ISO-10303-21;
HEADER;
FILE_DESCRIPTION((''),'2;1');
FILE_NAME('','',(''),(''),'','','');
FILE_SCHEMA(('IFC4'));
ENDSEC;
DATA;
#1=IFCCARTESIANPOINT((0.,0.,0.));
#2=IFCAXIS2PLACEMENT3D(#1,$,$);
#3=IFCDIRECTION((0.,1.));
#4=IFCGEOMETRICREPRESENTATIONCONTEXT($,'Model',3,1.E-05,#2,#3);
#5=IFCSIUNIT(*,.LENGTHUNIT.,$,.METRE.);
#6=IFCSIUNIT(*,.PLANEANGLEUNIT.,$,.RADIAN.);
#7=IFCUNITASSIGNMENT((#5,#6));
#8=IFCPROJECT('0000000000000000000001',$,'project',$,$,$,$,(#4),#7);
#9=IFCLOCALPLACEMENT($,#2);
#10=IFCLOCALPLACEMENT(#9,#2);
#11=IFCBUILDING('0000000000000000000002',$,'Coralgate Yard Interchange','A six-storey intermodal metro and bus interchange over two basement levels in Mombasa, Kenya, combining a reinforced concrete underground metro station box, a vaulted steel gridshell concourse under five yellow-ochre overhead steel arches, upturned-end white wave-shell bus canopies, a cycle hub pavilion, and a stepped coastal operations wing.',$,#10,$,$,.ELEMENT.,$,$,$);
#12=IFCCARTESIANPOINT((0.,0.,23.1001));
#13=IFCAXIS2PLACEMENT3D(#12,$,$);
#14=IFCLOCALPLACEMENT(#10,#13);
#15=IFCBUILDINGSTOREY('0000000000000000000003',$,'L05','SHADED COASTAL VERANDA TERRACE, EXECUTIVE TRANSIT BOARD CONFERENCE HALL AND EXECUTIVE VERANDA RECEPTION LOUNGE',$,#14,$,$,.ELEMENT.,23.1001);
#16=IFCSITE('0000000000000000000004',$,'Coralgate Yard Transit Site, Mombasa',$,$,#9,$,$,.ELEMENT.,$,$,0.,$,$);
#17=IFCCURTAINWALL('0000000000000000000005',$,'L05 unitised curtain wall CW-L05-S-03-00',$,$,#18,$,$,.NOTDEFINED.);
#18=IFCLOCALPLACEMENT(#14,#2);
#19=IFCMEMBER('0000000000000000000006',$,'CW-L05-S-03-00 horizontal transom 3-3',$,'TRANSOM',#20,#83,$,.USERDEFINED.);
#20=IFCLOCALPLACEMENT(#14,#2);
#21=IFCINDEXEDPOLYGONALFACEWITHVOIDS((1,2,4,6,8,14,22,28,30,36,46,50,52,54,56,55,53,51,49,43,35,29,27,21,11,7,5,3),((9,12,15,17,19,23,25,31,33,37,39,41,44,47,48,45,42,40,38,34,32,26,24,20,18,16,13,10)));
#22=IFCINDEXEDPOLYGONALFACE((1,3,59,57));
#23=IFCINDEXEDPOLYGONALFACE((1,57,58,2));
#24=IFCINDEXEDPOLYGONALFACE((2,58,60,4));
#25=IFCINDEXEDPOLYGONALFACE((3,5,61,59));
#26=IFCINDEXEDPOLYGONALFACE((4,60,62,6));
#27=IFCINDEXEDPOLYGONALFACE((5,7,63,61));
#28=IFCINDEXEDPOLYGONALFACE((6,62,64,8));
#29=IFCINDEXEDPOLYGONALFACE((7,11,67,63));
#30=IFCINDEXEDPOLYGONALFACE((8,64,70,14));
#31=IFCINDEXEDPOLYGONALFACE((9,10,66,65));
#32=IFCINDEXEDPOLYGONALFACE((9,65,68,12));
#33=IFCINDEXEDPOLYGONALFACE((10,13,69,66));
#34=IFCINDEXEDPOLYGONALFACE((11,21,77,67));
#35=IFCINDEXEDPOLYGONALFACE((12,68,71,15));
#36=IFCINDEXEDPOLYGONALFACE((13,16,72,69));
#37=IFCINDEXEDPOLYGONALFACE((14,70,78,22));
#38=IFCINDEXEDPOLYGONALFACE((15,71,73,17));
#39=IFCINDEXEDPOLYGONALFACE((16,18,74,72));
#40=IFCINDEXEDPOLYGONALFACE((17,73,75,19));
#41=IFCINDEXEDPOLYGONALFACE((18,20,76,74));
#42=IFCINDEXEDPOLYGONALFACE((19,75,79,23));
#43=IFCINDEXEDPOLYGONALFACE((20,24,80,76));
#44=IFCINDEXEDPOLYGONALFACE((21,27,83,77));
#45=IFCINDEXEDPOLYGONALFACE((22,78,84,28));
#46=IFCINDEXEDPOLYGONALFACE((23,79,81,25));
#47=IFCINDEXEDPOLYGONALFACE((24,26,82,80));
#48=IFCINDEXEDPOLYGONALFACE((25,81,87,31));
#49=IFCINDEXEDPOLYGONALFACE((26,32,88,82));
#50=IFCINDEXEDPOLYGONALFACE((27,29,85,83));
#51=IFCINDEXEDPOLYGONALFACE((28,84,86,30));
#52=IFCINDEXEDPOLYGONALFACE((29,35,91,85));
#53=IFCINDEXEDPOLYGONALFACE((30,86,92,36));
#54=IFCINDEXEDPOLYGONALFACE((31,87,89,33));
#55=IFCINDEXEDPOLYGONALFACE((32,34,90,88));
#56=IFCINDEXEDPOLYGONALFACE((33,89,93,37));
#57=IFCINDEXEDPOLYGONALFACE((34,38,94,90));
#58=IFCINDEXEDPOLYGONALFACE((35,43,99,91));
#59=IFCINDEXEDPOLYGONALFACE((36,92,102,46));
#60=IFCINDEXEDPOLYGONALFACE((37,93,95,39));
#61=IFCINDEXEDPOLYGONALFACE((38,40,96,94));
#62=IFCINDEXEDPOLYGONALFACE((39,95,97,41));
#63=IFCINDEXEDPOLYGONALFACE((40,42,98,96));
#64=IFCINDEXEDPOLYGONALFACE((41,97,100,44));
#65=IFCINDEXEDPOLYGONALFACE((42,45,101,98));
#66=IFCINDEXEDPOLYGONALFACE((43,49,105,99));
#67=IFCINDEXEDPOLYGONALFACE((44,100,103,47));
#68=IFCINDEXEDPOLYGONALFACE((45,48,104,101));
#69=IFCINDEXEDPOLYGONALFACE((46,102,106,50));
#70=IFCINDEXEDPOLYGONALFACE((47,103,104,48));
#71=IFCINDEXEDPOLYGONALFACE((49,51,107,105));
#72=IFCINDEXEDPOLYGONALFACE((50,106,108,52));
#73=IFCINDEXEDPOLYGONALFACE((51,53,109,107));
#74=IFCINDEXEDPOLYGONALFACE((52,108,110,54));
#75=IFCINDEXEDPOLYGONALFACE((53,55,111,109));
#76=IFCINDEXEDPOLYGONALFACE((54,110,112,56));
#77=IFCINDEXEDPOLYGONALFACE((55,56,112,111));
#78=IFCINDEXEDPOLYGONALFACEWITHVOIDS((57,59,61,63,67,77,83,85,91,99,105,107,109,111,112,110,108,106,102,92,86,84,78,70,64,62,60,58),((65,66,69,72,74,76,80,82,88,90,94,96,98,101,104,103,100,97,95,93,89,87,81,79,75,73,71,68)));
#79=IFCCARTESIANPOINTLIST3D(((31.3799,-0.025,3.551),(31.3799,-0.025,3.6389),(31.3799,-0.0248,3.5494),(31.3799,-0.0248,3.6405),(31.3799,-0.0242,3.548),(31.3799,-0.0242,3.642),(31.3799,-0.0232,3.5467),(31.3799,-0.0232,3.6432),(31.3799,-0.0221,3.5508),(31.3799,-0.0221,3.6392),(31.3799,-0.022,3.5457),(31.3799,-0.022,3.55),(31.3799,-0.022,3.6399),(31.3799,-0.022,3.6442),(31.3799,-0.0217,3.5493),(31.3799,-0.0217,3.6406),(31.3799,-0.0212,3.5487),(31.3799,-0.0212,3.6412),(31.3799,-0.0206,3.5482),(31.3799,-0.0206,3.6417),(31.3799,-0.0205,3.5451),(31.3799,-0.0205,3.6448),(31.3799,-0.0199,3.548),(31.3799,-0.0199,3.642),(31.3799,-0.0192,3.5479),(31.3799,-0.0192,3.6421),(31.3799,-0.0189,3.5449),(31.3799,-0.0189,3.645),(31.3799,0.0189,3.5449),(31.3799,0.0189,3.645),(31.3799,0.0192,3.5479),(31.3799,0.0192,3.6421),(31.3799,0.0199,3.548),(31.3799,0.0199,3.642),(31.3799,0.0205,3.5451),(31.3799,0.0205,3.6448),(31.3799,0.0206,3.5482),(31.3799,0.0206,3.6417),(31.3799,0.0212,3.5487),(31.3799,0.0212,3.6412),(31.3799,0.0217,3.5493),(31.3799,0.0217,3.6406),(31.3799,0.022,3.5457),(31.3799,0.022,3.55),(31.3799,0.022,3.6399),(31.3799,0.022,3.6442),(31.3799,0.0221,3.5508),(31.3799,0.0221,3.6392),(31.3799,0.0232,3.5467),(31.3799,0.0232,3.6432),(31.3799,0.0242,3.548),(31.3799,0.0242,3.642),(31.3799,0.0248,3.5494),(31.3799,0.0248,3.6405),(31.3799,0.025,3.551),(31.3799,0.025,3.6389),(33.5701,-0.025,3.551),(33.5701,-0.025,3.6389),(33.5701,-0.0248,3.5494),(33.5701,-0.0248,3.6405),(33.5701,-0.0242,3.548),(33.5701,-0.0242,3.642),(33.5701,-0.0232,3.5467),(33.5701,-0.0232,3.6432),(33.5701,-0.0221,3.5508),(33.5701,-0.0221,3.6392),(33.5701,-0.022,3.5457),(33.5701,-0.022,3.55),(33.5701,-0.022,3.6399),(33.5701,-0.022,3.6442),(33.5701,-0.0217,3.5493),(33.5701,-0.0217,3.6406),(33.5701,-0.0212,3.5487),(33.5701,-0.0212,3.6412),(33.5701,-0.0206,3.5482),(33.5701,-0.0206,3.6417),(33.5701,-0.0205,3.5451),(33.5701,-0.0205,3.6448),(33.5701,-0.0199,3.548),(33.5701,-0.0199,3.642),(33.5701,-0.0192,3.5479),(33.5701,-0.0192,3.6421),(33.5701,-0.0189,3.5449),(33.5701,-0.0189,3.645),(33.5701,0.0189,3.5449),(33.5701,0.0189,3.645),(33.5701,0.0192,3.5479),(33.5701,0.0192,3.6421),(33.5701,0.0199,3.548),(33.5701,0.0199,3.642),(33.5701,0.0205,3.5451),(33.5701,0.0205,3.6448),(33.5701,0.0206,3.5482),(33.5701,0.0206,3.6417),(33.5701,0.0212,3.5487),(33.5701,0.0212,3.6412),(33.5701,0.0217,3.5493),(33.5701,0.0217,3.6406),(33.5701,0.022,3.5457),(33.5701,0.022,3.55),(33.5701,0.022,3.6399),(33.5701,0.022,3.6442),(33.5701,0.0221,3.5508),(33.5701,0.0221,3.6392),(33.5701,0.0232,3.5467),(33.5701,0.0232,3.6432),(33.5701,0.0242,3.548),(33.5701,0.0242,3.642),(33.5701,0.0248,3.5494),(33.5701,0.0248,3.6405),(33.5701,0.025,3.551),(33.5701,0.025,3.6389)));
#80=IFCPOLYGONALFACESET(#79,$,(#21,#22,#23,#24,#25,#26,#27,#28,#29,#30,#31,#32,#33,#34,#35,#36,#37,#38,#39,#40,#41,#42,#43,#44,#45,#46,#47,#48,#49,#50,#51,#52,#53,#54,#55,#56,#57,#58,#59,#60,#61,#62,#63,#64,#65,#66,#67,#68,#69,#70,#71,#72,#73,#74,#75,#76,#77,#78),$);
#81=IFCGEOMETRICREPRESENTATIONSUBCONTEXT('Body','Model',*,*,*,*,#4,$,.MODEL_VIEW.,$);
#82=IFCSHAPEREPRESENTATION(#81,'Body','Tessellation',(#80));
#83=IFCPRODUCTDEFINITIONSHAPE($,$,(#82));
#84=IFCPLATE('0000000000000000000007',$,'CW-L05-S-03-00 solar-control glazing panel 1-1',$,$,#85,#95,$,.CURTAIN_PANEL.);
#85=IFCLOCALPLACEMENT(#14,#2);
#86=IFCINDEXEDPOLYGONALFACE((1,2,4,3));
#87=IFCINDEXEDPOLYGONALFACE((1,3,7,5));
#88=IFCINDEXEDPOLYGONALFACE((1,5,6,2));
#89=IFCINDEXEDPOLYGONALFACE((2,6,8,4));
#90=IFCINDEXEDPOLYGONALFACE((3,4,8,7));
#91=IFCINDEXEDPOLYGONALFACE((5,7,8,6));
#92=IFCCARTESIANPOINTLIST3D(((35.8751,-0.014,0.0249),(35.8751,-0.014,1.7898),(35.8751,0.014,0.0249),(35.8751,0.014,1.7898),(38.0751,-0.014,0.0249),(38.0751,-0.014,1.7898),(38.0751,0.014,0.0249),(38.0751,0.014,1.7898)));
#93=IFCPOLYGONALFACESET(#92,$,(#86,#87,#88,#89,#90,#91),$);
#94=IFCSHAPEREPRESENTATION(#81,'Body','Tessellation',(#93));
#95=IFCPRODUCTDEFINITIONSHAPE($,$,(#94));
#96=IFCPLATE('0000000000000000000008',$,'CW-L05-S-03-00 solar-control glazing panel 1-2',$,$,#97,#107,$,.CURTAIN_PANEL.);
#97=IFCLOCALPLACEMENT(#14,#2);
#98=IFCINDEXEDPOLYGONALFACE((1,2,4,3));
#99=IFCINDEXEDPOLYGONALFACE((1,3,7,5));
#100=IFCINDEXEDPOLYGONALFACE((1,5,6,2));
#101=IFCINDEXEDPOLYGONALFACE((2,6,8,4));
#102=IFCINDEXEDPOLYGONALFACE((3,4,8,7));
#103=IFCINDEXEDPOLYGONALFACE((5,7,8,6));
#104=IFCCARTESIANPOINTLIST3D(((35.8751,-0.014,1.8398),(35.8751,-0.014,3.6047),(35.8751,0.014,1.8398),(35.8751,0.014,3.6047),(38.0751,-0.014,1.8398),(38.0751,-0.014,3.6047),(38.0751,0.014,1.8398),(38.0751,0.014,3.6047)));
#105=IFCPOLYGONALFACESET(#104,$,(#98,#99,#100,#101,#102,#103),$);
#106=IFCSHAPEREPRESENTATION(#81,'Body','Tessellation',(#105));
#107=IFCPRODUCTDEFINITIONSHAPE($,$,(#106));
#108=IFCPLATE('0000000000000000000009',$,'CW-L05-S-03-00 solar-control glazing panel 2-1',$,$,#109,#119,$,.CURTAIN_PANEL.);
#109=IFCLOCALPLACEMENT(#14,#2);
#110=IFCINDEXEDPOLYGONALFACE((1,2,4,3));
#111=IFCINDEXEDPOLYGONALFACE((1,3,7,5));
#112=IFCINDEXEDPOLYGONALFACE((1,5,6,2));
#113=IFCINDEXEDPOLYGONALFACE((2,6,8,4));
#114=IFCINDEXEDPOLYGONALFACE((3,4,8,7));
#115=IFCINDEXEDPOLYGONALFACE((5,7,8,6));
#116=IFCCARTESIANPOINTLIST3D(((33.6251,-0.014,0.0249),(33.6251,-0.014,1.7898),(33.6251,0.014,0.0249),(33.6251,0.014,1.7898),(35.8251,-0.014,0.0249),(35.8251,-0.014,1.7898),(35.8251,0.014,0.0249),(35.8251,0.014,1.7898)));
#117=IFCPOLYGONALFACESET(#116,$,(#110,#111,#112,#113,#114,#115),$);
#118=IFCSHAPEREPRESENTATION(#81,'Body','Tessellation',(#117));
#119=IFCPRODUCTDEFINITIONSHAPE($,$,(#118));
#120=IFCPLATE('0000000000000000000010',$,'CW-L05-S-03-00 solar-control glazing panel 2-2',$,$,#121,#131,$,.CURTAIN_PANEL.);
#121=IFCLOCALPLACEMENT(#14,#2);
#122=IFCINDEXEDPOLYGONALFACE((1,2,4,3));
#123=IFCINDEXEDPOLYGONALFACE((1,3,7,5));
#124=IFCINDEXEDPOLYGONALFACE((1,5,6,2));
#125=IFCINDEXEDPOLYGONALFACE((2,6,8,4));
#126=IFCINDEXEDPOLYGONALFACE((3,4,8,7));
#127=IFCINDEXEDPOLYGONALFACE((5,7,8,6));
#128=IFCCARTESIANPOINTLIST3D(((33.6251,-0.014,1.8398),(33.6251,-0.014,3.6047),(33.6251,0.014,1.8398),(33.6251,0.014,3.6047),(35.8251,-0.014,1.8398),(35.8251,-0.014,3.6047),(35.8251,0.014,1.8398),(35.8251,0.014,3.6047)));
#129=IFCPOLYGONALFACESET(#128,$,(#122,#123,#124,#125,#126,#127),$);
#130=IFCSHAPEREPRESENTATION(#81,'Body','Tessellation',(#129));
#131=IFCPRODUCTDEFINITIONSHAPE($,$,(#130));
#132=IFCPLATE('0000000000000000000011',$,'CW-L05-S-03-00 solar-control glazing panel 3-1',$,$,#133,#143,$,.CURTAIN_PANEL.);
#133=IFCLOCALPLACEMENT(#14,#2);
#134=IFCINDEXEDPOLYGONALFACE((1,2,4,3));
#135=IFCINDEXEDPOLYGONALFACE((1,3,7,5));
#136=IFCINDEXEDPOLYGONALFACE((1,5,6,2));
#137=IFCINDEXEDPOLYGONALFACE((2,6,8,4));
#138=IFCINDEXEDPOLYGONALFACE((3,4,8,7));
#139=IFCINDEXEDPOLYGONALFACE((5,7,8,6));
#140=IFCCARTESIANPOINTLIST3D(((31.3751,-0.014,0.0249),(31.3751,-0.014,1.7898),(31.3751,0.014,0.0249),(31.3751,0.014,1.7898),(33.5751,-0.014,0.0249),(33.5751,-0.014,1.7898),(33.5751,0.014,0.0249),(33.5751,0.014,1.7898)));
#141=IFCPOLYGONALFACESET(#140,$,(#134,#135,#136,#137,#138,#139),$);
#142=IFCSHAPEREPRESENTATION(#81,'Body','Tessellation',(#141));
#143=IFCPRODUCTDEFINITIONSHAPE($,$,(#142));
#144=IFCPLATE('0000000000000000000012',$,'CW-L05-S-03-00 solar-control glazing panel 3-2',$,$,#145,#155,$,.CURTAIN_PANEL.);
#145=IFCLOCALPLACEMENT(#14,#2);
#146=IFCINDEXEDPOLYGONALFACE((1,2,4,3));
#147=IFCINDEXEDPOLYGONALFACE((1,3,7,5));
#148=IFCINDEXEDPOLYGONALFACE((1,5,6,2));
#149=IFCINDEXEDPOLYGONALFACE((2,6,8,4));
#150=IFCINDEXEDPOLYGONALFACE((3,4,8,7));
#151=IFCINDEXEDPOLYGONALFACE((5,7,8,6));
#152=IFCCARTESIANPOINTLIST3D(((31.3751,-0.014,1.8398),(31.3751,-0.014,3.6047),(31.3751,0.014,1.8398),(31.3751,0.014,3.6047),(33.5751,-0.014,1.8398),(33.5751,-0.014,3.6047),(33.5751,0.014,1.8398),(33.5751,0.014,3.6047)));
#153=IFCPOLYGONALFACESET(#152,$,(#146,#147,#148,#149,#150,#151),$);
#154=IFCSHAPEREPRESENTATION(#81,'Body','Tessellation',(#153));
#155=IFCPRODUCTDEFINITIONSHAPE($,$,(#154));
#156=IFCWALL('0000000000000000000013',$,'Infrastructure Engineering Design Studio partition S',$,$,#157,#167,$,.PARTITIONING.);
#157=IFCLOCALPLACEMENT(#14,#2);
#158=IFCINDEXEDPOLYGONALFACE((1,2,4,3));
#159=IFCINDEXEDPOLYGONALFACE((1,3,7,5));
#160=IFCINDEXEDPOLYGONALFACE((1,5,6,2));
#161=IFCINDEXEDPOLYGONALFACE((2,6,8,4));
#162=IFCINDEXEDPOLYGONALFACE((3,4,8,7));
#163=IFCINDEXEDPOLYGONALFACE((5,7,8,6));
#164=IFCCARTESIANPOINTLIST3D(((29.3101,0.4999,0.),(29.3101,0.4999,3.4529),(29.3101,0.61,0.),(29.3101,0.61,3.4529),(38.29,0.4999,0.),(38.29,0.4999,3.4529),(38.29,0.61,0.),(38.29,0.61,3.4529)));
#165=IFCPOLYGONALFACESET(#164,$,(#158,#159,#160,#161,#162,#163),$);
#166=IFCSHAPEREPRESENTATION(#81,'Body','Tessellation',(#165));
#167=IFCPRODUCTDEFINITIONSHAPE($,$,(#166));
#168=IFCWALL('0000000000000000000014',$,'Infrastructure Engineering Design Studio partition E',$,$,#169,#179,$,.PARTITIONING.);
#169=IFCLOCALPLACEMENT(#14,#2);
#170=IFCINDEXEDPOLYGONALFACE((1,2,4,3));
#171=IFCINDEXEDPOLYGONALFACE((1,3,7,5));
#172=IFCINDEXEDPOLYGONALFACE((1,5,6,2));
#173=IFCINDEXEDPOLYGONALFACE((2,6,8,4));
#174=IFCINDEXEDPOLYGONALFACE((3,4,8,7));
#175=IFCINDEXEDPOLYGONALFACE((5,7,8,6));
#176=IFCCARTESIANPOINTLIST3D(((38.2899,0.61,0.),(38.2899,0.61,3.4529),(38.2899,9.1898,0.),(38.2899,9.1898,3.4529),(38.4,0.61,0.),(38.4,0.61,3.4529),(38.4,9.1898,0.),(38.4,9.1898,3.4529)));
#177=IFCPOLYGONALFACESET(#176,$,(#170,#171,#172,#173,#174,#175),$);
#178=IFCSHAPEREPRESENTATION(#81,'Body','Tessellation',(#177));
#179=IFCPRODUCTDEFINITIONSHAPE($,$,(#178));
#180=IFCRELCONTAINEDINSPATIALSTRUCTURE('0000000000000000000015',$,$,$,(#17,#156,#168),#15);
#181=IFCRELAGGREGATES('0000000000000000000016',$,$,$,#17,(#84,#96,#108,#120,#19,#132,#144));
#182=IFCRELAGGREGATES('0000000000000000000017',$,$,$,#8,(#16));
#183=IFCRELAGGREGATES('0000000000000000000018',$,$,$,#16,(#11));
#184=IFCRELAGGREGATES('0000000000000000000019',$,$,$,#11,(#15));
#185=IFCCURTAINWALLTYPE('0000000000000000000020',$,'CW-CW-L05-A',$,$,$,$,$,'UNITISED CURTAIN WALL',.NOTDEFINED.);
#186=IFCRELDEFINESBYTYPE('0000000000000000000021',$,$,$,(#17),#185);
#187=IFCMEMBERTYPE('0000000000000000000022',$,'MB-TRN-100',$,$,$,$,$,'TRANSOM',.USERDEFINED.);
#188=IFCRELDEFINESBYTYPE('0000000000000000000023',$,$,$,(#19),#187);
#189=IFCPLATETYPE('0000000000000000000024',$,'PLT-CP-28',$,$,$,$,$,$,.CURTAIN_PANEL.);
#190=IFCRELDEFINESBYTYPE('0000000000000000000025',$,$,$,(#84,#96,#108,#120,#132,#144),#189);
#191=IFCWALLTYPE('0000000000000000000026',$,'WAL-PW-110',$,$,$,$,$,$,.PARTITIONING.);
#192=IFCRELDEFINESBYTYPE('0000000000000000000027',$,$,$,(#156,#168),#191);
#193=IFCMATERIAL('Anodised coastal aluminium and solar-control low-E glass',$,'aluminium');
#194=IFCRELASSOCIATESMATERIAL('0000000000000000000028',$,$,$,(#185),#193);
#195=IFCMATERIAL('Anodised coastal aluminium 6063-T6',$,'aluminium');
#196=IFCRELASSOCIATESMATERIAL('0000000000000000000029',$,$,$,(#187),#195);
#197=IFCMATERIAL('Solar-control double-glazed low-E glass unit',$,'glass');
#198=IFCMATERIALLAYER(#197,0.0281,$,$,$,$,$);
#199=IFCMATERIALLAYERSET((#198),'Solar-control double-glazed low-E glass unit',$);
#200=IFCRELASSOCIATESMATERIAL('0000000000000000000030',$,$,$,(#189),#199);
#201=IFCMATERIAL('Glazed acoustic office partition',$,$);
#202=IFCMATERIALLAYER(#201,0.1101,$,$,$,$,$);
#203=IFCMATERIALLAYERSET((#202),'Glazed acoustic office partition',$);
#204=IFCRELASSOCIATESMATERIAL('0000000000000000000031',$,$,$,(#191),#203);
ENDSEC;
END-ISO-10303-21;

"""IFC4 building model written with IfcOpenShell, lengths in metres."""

from ifc_helpers import new_model, si_unit, direction, frame, frame_2d, origin, origin_2d, place, context, subcontext, project, spatial, rectangle, hollow_rectangle, extrude, material, layer, layer_set, material_profile, profile_set, type_object, element, aggregate, save


model = new_model("IFC4")

# Units and contexts
model_context = context("Model", 3, precision=1e-05, world=origin(), true_north=direction((0.0, 1.0)))
body_context = subcontext(model_context, "Body", "Model", "MODEL_VIEW")
ifc_project = project(units=[si_unit("LENGTHUNIT", "METRE"), si_unit("PLANEANGLEUNIT", "RADIAN")], contexts=[model_context])

# Site, building, storey
site_placement = place(None, origin())
site = spatial("IfcSite", under=ifc_project, at=site_placement, Name="Coralgate Yard Transit Site, Mombasa", CompositionType="ELEMENT", RefElevation=0.0)
building_placement = place(site_placement, origin())
building = spatial("IfcBuilding", under=site, at=building_placement, Name="Coralgate Yard Interchange", Description="A six-storey intermodal metro and bus interchange over two basement levels in Mombasa, Kenya, combining a reinforced concrete underground metro station box, a vaulted steel gridshell concourse under five yellow-ochre overhead steel arches, upturned-end white wave-shell bus canopies, a cycle hub pavilion, and a stepped coastal operations wing.", CompositionType="ELEMENT")
storey_placement = place(building_placement, frame((0.0, 0.0, 23.1001)))
storey = spatial("IfcBuildingStorey", under=building, at=storey_placement, Name="L05", Description="SHADED COASTAL VERANDA TERRACE, EXECUTIVE TRANSIT BOARD CONFERENCE HALL AND EXECUTIVE VERANDA RECEPTION LOUNGE", CompositionType="ELEMENT", Elevation=23.1001)

# Curtain wall
ifc_material_1 = material(Name="Anodised coastal aluminium and solar-control low-E glass", Category="aluminium")
curtain_wall_type = type_object("IfcCurtainWallType", Name="CW-CW-L05-A", ElementType="UNITISED CURTAIN WALL", PredefinedType="NOTDEFINED", material=ifc_material_1)
curtain_wall_1_placement = place(storey_placement, origin())
curtain_wall_1 = element("IfcCurtainWall", 1, at=curtain_wall_1_placement, inside=storey, type_object=curtain_wall_type, Name="L05 unitised curtain wall CW-L05-S-03-00", PredefinedType="NOTDEFINED")
ifc_material_2 = material(Name="Anodised coastal aluminium 6063-T6", Category="aluminium")

# Member
ifc_material_profile_1 = material_profile(ifc_material_2, hollow_rectangle(XDim=0.05, YDim=0.1001, WallThickness=0.0029, InnerFilletRadius=0.0029, OuterFilletRadius=0.0061, at=origin_2d()), Name="ALU 50x100x3")
ifc_profile_set_1 = profile_set([ifc_material_profile_1], Name="Anodised coastal aluminium 6063-T6")
member_type_1 = type_object("IfcMemberType", Name="MB-TRN-100", ElementType="TRANSOM", PredefinedType="USERDEFINED", material=ifc_profile_set_1)
member_1_placement = place(storey_placement, frame((33.5701, 0.0, 3.595), z_axis=(-1.0, 0.0, 0.0), x_axis=(0.0, -1.0, 0.0)))
member_1 = element("IfcMember", 2, at=member_1_placement, type_object=member_type_1, Name="CW-L05-S-03-00 horizontal transom 3-3", ObjectType="TRANSOM", PredefinedType="USERDEFINED", context=body_context, shape_type="SweptSolid", body=[
    extrude(hollow_rectangle(XDim=0.05, YDim=0.1001, WallThickness=0.0029, InnerFilletRadius=0.0029, OuterFilletRadius=0.0061, at=origin_2d()), origin(), (0.0, 0.0, 1.0), 2.1902),
])

# Plates
ifc_material_3 = material(Name="Solar-control double-glazed low-E glass unit", Category="glass")
ifc_layer_1 = layer(ifc_material_3, 0.0281)
ifc_layer_set_1 = layer_set([ifc_layer_1], Name="Solar-control double-glazed low-E glass unit")
plate_type = type_object("IfcPlateType", Name="PLT-CP-28", PredefinedType="CURTAIN_PANEL", material=ifc_layer_set_1)
plate_1_placement = place(storey_placement, frame((36.9751, 0.0, 0.0249), z_axis=(0.0, 0.0, 1.0), x_axis=(-1.0, 0.0, 0.0)))
plate_1 = element("IfcPlate", 3, at=plate_1_placement, type_object=plate_type, Name="CW-L05-S-03-00 solar-control glazing panel 1-1", PredefinedType="CURTAIN_PANEL", context=body_context, shape_type="SweptSolid", body=[
    extrude(rectangle(XDim=2.2, YDim=0.0281, at=origin_2d()), origin(), (0.0, 0.0, 1.0), 1.7649),
])
plate_2_placement = place(storey_placement, frame((36.9751, 0.0, 1.8398), z_axis=(0.0, 0.0, 1.0), x_axis=(-1.0, 0.0, 0.0)))
plate_2 = element("IfcPlate", 4, at=plate_2_placement, type_object=plate_type, Name="CW-L05-S-03-00 solar-control glazing panel 1-2", PredefinedType="CURTAIN_PANEL", context=body_context, shape_type="SweptSolid", body=[
    extrude(rectangle(XDim=2.2, YDim=0.0281, at=origin_2d()), origin(), (0.0, 0.0, 1.0), 1.7649),
])
plate_3_placement = place(storey_placement, frame((34.7251, 0.0, 0.0249), z_axis=(0.0, 0.0, 1.0), x_axis=(-1.0, 0.0, 0.0)))
plate_3 = element("IfcPlate", 5, at=plate_3_placement, type_object=plate_type, Name="CW-L05-S-03-00 solar-control glazing panel 2-1", PredefinedType="CURTAIN_PANEL", context=body_context, shape_type="SweptSolid", body=[
    extrude(rectangle(XDim=2.2, YDim=0.0281, at=origin_2d()), origin(), (0.0, 0.0, 1.0), 1.7649),
])
plate_4_placement = place(storey_placement, frame((34.7251, 0.0, 1.8398), z_axis=(0.0, 0.0, 1.0), x_axis=(-1.0, 0.0, 0.0)))
plate_4 = element("IfcPlate", 6, at=plate_4_placement, type_object=plate_type, Name="CW-L05-S-03-00 solar-control glazing panel 2-2", PredefinedType="CURTAIN_PANEL", context=body_context, shape_type="SweptSolid", body=[
    extrude(rectangle(XDim=2.2, YDim=0.0281, at=origin_2d()), origin(), (0.0, 0.0, 1.0), 1.7649),
])
plate_5_placement = place(storey_placement, frame((32.4751, 0.0, 0.0249), z_axis=(0.0, 0.0, 1.0), x_axis=(-1.0, 0.0, 0.0)))
plate_5 = element("IfcPlate", 7, at=plate_5_placement, type_object=plate_type, Name="CW-L05-S-03-00 solar-control glazing panel 3-1", PredefinedType="CURTAIN_PANEL", context=body_context, shape_type="SweptSolid", body=[
    extrude(rectangle(XDim=2.2, YDim=0.0281, at=origin_2d()), origin(), (0.0, 0.0, 1.0), 1.7649),
])
plate_6_placement = place(storey_placement, frame((32.4751, 0.0, 1.8398), z_axis=(0.0, 0.0, 1.0), x_axis=(-1.0, 0.0, 0.0)))
plate_6 = element("IfcPlate", 8, at=plate_6_placement, type_object=plate_type, Name="CW-L05-S-03-00 solar-control glazing panel 3-2", PredefinedType="CURTAIN_PANEL", context=body_context, shape_type="SweptSolid", body=[
    extrude(rectangle(XDim=2.2, YDim=0.0281, at=origin_2d()), origin(), (0.0, 0.0, 1.0), 1.7649),
])
aggregate(curtain_wall_1, [plate_1, plate_2, plate_3, plate_4, member_1, plate_5, plate_6])

# Walls
ifc_material_4 = material(Name="Glazed acoustic office partition")
ifc_layer_2 = layer(ifc_material_4, 0.1101)
ifc_layer_set_2 = layer_set([ifc_layer_2], Name="Glazed acoustic office partition")
wall_type = type_object("IfcWallType", Name="WAL-PW-110", PredefinedType="PARTITIONING", material=ifc_layer_set_2)
wall_1_placement = place(storey_placement, frame((38.29, 0.5549, 0.0), z_axis=(0.0, 0.0, 1.0), x_axis=(-1.0, 0.0, 0.0)))
element("IfcWall", 9, at=wall_1_placement, inside=storey, type_object=wall_type, Name="Infrastructure Engineering Design Studio partition S", PredefinedType="PARTITIONING", context=body_context, shape_type="SweptSolid", body=[
    extrude(rectangle(XDim=8.98, YDim=0.1101, at=frame_2d((4.49, 0.0))), origin(), (0.0, 0.0, 1.0), 3.4529),
])
wall_2_placement = place(storey_placement, frame((38.345, 9.1899, 0.0), z_axis=(0.0, 0.0, 1.0), x_axis=(0.0, -1.0, 0.0)))
element("IfcWall", 10, at=wall_2_placement, inside=storey, type_object=wall_type, Name="Infrastructure Engineering Design Studio partition E", PredefinedType="PARTITIONING", context=body_context, shape_type="SweptSolid", body=[
    extrude(rectangle(XDim=8.5798, YDim=0.1101, at=frame_2d((4.29, 0.0))), origin(), (0.0, 0.0, 1.0), 3.4529),
])

save(model, "model.ifc")
